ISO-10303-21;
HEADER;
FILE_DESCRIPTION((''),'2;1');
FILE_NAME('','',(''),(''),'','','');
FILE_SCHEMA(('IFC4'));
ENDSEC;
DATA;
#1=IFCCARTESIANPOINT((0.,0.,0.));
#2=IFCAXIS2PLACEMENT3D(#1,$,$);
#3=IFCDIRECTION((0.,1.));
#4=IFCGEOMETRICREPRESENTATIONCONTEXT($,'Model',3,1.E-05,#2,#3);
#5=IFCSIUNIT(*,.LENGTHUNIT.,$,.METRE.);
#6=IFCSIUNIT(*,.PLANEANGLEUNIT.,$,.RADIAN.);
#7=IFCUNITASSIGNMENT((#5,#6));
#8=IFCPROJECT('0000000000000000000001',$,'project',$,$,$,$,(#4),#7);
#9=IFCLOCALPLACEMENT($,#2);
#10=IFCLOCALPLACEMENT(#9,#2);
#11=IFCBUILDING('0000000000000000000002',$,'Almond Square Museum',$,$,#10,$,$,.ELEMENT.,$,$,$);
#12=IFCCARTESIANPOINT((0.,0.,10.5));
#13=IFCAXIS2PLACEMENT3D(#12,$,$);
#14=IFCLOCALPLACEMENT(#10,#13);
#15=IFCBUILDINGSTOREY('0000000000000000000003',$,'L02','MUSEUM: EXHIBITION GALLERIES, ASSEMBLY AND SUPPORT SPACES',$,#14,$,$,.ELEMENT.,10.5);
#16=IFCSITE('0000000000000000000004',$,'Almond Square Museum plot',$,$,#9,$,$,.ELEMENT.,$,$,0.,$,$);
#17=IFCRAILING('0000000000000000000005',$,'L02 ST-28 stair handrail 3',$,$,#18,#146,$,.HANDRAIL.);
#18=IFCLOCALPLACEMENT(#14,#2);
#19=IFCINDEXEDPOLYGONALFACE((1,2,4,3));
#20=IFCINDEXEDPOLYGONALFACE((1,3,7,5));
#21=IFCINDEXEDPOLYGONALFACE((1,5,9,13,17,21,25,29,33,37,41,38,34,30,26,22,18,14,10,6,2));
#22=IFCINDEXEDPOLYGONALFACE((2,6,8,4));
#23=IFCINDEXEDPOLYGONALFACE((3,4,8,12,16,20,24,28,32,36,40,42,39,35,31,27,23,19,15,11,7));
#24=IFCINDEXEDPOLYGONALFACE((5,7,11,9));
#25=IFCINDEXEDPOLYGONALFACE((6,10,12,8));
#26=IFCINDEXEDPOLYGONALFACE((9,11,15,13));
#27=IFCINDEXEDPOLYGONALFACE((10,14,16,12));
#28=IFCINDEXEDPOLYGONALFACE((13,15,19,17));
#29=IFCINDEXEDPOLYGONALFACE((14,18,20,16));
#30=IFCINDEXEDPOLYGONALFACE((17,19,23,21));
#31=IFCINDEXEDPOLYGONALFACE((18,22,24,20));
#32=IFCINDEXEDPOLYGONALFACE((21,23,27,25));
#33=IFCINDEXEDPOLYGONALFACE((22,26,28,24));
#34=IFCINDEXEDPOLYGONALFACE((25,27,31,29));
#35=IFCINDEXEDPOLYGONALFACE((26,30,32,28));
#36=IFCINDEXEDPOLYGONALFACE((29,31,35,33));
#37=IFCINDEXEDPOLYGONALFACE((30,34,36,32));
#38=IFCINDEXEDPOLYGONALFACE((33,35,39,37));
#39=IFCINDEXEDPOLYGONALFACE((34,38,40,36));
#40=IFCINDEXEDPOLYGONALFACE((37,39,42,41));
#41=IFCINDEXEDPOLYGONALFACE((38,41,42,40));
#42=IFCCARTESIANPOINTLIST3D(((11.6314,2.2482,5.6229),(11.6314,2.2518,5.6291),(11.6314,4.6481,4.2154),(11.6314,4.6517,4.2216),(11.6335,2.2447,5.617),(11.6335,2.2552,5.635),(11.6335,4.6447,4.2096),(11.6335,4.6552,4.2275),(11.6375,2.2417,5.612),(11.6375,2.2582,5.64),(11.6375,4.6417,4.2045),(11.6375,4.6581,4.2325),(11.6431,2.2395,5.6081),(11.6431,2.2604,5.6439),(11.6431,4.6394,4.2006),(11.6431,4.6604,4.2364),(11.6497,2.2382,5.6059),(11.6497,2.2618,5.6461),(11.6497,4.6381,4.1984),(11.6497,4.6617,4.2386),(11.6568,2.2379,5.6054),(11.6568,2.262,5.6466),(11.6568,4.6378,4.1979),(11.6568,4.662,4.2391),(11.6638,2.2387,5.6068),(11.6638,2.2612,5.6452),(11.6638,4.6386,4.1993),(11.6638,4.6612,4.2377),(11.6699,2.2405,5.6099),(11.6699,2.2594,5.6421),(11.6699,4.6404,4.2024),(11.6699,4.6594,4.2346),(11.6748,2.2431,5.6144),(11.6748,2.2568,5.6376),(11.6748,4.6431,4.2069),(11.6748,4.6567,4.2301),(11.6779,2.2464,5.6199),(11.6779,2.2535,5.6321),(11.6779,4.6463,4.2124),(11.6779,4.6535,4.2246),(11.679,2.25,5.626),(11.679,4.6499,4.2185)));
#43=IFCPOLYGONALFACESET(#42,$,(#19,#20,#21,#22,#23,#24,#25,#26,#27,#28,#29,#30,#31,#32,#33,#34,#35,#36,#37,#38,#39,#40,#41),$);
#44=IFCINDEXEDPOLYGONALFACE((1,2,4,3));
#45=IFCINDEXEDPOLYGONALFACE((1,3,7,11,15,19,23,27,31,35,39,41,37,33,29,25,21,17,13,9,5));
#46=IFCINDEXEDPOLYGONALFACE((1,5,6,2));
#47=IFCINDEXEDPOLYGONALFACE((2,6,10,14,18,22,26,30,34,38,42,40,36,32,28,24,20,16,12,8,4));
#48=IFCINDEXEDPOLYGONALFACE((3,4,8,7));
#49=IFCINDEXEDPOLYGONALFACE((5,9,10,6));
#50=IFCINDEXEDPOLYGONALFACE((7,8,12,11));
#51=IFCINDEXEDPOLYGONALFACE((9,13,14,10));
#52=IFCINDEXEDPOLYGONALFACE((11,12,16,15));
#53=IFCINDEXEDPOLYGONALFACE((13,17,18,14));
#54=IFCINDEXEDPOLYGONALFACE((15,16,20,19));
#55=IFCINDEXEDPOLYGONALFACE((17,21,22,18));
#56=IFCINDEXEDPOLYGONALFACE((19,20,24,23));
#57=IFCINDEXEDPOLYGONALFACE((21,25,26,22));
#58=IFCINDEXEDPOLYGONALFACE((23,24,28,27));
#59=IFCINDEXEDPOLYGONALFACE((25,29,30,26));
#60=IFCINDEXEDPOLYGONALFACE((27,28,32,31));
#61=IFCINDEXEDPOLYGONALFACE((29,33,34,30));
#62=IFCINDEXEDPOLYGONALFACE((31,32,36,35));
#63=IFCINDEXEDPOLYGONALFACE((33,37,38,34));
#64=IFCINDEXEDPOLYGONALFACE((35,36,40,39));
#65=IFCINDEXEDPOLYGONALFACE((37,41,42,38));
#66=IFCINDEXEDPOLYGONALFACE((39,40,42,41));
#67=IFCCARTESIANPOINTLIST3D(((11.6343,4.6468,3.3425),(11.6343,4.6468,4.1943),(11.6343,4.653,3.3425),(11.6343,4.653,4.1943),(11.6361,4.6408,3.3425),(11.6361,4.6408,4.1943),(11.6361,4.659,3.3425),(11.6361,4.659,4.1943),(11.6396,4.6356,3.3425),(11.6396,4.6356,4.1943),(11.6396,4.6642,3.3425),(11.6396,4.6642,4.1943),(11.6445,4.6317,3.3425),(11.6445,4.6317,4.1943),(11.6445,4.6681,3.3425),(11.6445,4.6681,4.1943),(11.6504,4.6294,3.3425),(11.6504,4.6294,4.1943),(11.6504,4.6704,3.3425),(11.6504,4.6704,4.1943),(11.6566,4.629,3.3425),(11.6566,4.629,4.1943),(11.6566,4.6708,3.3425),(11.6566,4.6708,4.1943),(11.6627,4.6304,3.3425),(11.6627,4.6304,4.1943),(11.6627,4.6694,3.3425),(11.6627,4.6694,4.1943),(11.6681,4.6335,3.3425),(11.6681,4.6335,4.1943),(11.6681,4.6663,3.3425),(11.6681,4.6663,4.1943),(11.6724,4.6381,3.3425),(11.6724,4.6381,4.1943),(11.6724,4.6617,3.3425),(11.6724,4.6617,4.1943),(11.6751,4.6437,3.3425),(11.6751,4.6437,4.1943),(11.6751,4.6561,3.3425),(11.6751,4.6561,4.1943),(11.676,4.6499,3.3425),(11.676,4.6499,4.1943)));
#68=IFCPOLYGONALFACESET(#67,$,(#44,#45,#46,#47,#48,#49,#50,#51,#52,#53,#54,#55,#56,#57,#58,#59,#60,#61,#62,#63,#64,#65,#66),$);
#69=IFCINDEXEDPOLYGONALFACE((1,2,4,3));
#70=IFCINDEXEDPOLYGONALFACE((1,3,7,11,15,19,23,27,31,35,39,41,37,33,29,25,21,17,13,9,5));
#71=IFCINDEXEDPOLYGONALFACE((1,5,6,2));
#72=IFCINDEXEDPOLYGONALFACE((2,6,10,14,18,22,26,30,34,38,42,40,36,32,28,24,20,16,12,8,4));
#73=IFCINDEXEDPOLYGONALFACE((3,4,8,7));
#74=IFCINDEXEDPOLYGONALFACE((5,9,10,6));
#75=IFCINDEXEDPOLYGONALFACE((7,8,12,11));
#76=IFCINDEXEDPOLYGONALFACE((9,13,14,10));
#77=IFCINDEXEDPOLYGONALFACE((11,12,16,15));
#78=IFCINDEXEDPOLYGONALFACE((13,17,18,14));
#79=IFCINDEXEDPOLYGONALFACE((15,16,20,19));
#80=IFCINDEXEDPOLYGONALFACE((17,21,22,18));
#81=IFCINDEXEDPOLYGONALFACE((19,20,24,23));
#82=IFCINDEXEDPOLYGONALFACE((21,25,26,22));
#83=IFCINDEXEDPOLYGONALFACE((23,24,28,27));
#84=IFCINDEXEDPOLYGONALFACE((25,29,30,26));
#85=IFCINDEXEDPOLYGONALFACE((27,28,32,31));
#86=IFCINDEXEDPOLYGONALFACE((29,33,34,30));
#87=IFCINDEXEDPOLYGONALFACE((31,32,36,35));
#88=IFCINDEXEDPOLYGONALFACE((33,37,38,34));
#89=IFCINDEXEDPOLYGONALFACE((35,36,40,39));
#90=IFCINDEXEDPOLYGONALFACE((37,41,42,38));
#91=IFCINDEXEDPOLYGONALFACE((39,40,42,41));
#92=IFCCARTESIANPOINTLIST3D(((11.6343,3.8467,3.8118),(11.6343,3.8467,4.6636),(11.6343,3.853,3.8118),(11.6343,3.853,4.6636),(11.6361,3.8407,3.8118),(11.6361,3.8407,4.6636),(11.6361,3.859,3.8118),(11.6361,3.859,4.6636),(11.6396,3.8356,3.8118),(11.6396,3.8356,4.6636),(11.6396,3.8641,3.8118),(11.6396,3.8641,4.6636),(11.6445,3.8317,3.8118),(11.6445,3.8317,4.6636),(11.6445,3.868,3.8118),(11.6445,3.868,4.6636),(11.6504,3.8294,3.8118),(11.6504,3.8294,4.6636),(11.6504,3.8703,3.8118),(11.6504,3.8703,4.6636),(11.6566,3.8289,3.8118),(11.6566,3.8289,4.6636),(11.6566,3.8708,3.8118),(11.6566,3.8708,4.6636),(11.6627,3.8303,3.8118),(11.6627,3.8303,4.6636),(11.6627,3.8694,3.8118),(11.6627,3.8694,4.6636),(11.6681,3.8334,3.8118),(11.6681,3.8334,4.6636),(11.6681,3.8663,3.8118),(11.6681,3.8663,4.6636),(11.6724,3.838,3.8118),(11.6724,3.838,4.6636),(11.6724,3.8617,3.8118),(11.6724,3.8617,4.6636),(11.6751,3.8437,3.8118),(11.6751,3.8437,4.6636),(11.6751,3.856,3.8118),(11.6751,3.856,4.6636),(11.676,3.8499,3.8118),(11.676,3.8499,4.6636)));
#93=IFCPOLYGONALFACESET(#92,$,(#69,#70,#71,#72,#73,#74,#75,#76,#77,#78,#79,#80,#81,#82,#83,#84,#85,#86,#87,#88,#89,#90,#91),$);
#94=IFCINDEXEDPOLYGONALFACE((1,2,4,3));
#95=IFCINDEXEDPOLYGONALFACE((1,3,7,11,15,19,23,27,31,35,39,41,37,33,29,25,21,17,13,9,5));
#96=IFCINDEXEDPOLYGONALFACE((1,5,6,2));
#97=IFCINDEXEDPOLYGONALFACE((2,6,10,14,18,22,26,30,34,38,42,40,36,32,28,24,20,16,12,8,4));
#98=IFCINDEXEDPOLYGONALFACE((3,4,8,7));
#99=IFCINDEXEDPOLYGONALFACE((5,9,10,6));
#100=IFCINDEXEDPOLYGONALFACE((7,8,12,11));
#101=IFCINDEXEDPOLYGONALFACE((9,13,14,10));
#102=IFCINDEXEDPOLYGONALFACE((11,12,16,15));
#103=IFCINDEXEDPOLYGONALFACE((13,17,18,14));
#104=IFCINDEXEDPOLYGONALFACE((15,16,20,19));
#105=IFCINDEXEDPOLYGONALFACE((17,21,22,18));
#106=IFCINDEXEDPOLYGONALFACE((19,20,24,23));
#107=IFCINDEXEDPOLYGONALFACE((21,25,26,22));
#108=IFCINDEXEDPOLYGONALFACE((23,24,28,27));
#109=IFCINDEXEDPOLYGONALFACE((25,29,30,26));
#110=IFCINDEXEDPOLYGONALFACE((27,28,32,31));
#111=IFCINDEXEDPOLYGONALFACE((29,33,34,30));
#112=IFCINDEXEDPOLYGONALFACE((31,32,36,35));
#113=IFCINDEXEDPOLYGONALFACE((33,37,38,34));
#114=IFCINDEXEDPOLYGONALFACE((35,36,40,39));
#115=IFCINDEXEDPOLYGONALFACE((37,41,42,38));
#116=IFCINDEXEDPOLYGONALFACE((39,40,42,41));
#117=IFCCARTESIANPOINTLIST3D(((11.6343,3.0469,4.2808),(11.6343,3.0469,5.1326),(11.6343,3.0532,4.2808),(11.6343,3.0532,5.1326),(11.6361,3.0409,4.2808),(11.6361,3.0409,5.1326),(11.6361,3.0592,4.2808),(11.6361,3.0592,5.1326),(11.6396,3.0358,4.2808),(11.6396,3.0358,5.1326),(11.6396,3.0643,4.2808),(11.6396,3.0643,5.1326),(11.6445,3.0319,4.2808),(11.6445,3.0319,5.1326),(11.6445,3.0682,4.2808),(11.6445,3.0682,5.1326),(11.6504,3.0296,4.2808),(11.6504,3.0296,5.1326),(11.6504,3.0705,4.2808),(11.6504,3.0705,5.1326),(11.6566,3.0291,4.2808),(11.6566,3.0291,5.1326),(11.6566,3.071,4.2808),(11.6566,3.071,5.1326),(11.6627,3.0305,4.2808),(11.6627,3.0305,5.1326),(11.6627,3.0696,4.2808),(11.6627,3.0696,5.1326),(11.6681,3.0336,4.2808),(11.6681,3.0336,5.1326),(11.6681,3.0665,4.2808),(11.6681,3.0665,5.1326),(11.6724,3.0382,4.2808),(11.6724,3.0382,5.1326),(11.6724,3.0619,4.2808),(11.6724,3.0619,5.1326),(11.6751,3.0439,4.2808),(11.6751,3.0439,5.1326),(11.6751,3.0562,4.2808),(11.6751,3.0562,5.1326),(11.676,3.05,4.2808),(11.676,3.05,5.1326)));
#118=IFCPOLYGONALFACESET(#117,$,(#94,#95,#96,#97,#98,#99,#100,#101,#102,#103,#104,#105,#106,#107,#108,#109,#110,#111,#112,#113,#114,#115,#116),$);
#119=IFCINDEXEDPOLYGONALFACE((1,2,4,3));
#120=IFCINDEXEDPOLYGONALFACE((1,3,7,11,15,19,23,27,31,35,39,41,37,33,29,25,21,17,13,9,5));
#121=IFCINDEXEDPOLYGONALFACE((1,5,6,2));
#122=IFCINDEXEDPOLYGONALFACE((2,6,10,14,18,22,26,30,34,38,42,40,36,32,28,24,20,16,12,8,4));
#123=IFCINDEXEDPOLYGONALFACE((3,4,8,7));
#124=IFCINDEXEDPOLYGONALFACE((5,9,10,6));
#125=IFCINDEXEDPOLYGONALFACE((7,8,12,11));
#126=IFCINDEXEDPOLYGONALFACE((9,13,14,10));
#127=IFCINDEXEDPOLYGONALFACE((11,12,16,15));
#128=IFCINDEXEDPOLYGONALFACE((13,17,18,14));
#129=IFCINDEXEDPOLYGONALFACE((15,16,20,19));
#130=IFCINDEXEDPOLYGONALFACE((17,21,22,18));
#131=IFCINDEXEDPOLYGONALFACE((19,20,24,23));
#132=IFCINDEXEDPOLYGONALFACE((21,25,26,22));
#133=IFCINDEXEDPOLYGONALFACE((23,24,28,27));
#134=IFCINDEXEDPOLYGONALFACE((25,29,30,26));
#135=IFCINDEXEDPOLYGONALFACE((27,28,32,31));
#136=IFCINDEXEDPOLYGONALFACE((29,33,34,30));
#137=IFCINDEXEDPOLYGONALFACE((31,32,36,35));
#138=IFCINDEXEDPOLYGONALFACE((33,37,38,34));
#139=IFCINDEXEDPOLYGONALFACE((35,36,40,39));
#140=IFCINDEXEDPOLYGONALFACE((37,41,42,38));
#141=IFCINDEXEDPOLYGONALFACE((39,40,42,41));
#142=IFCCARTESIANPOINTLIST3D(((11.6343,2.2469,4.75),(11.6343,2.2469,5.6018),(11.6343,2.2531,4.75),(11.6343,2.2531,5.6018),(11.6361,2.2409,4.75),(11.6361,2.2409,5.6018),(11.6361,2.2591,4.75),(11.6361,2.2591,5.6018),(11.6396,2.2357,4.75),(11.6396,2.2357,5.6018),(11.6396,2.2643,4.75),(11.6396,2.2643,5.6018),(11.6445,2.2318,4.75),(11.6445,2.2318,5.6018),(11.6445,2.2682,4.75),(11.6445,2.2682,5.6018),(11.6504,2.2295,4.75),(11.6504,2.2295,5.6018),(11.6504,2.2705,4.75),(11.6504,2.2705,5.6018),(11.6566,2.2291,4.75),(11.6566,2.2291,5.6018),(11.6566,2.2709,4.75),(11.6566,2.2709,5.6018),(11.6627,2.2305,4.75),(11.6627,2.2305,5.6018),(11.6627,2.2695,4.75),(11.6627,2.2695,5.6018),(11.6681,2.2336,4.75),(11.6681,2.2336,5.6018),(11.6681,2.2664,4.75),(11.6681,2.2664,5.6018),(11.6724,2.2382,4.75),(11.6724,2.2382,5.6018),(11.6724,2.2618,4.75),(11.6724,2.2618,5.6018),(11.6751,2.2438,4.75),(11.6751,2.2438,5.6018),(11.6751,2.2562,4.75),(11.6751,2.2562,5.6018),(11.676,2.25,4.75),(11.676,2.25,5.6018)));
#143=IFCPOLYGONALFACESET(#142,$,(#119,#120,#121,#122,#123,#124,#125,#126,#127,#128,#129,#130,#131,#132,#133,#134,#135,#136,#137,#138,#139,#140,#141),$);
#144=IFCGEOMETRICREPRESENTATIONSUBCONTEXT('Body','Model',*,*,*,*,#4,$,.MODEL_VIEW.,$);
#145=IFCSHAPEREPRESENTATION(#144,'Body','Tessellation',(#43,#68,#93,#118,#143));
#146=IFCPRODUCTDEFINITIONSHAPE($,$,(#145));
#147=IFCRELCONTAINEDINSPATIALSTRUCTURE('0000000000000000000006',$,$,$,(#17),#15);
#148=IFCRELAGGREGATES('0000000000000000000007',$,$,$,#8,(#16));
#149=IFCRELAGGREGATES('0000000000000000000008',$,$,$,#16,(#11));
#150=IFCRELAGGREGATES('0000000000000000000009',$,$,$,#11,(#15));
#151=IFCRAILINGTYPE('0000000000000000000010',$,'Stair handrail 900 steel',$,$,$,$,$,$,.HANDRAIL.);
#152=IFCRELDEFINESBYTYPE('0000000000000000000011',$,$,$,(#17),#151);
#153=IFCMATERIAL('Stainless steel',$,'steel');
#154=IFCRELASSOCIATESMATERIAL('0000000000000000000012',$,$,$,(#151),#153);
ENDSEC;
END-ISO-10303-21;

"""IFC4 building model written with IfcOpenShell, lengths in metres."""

from ifc_helpers import new_model, si_unit, direction, frame, origin, origin_2d, place, context, subcontext, project, spatial, circle, extrude, material, type_object, element, save


model = new_model("IFC4")

# Units and contexts
model_context = context("Model", 3, precision=1e-05, world=origin(), true_north=direction((0.0, 1.0)))
body_context = subcontext(model_context, "Body", "Model", "MODEL_VIEW")
ifc_project = project(units=[si_unit("LENGTHUNIT", "METRE"), si_unit("PLANEANGLEUNIT", "RADIAN")], contexts=[model_context])

# Site, building, storey
site_placement = place(None, origin())
site = spatial("IfcSite", under=ifc_project, at=site_placement, Name="Almond Square Museum plot", CompositionType="ELEMENT", RefElevation=0.0)
building_placement = place(site_placement, origin())
building = spatial("IfcBuilding", under=site, at=building_placement, Name="Almond Square Museum", CompositionType="ELEMENT")
storey_placement = place(building_placement, frame((0.0, 0.0, 10.5)))
storey = spatial("IfcBuildingStorey", under=building, at=storey_placement, Name="L02", Description="MUSEUM: EXHIBITION GALLERIES, ASSEMBLY AND SUPPORT SPACES", CompositionType="ELEMENT", Elevation=10.5)

# Railing
ifc_material_1 = material(Name="Stainless steel", Category="steel")
railing_type_1 = type_object("IfcRailingType", Name="Stair handrail 900 steel", PredefinedType="HANDRAIL", material=ifc_material_1)
for number, where, name in (
    (1, (11.655, 4.6499, 3.3425), "L02 ST-28 stair handrail 3"),
):
    element("IfcRailing", number, at=place(storey_placement, frame(where)), inside=storey, type_object=railing_type_1, Name=name, PredefinedType="HANDRAIL", context=body_context, shape_type="SweptSolid", body=[
        extrude(circle(Radius=0.0239, at=origin_2d()), frame((0.0, 0.0, 0.876), z_axis=(0.0, -0.862599, 0.505888), x_axis=(1.0, 0.0, 0.0)), (0.0, 0.0, 1.0), 2.7822),
        extrude(circle(Radius=0.021, at=origin_2d()), origin(), (0.0, 0.0, 1.0), 0.8518),
        extrude(circle(Radius=0.021, at=origin_2d()), frame((0.0, -0.8, 0.4692)), (0.0, 0.0, 1.0), 0.8518),
        extrude(circle(Radius=0.021, at=origin_2d()), frame((0.0, -1.5999, 0.9382)), (0.0, 0.0, 1.0), 0.8518),
        extrude(circle(Radius=0.021, at=origin_2d()), frame((0.0, -2.3999, 1.4075)), (0.0, 0.0, 1.0), 0.8518),
    ])

save(model, "model.ifc")
